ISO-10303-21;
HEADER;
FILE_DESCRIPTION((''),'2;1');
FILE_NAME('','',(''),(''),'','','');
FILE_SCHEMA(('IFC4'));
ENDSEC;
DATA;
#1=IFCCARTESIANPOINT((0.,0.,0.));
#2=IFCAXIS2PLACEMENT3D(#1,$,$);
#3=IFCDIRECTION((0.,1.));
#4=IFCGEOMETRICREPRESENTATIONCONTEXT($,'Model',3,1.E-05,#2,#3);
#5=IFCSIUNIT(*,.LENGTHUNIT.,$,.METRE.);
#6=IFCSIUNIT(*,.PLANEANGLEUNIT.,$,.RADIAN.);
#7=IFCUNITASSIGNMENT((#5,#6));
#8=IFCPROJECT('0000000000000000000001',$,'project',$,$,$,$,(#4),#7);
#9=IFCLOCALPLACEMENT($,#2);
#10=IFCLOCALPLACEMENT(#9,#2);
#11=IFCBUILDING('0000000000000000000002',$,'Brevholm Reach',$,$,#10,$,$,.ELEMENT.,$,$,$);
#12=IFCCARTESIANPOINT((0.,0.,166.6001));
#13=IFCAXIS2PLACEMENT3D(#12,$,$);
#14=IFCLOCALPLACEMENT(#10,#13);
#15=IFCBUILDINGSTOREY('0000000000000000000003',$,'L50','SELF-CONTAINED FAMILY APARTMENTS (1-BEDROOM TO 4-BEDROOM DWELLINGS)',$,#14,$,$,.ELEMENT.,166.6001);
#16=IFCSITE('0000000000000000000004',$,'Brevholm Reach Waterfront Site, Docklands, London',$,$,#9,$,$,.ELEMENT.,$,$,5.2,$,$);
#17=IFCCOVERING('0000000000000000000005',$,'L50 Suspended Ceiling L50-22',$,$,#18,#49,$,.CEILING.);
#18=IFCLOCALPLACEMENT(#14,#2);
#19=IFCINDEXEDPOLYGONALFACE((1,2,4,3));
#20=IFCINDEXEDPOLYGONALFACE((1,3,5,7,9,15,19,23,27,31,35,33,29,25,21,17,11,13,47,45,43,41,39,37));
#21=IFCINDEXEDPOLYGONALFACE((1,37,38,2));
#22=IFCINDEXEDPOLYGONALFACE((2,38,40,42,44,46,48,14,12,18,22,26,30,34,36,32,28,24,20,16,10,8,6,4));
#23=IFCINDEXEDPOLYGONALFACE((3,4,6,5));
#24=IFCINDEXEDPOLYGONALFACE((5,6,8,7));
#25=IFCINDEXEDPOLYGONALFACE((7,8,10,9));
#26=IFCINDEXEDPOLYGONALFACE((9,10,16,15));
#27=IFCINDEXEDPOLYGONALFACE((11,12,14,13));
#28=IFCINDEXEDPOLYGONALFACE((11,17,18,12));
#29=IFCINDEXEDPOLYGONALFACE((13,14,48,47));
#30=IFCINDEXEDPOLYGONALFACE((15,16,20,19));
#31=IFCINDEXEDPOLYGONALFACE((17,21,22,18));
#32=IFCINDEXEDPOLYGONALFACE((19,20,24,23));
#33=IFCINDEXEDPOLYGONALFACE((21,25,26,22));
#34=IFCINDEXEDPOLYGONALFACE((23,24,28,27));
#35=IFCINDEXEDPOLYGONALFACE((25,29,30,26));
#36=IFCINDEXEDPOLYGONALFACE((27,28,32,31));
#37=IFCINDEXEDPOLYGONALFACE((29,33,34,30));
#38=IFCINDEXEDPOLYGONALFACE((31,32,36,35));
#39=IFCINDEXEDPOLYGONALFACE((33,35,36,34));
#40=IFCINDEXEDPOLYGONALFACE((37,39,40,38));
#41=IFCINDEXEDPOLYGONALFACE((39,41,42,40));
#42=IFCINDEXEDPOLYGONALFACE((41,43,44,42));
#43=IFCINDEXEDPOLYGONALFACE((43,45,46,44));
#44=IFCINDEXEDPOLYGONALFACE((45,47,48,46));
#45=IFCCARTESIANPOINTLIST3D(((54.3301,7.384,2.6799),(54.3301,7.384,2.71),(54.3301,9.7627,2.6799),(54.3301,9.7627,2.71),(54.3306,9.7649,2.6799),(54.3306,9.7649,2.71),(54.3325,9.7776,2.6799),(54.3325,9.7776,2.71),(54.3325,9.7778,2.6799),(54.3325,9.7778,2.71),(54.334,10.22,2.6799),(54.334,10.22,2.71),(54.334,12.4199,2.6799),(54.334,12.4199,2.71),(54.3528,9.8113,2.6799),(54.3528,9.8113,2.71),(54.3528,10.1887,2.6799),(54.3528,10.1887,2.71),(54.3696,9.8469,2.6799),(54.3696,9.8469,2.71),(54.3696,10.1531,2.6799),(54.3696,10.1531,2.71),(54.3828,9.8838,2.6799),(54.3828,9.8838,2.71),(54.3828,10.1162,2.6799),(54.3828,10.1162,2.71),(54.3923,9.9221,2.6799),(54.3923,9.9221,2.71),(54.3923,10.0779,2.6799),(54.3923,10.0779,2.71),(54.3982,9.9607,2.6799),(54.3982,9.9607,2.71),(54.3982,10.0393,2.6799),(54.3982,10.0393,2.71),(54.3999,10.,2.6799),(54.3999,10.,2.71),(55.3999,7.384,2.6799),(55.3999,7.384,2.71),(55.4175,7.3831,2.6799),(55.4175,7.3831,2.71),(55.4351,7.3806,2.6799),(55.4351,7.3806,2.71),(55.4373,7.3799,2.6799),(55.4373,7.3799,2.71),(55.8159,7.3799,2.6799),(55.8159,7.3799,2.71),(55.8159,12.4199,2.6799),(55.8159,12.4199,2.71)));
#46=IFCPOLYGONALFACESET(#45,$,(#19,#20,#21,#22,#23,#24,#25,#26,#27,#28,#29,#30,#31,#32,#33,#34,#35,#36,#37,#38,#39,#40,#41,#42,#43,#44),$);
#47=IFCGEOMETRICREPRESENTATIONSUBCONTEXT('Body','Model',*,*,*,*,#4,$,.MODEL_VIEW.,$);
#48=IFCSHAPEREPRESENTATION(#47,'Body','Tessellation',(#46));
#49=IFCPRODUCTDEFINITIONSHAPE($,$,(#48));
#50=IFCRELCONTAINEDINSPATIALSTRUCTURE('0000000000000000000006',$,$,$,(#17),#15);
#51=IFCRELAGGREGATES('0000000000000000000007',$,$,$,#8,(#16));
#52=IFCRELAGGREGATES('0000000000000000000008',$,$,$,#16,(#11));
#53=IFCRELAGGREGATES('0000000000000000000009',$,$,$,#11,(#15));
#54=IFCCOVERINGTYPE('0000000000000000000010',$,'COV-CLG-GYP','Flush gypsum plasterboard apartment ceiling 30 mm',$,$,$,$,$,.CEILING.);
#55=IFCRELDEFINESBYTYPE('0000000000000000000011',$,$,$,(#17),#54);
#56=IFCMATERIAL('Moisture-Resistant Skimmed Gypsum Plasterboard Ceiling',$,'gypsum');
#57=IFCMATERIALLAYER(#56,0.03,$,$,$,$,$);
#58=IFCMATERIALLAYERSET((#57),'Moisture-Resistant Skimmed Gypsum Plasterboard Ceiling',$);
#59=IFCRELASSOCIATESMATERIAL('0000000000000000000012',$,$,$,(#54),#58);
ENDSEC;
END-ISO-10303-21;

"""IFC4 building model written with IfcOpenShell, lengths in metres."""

from ifc_helpers import new_model, si_unit, direction, frame, origin, place, context, subcontext, project, spatial, polyline, outline, extrude, material, layer, layer_set, type_object, element, save


model = new_model("IFC4")

# Units and contexts
model_context = context("Model", 3, precision=1e-05, world=origin(), true_north=direction((0.0, 1.0)))
body_context = subcontext(model_context, "Body", "Model", "MODEL_VIEW")
ifc_project = project(units=[si_unit("LENGTHUNIT", "METRE"), si_unit("PLANEANGLEUNIT", "RADIAN")], contexts=[model_context])

# Site, building, storey
site_placement = place(None, origin())
site = spatial("IfcSite", under=ifc_project, at=site_placement, Name="Brevholm Reach Waterfront Site, Docklands, London", CompositionType="ELEMENT", RefElevation=5.2)
building_placement = place(site_placement, origin())
building = spatial("IfcBuilding", under=site, at=building_placement, Name="Brevholm Reach", CompositionType="ELEMENT")
storey_placement = place(building_placement, frame((0.0, 0.0, 166.6001)))
storey = spatial("IfcBuildingStorey", under=building, at=storey_placement, Name="L50", Description="SELF-CONTAINED FAMILY APARTMENTS (1-BEDROOM TO 4-BEDROOM DWELLINGS)", CompositionType="ELEMENT", Elevation=166.6001)

# Covering
ifc_material_1 = material(Name="Moisture-Resistant Skimmed Gypsum Plasterboard Ceiling", Category="gypsum")
ifc_layer_1 = layer(ifc_material_1, 0.03)
ifc_layer_set_1 = layer_set([ifc_layer_1], Name="Moisture-Resistant Skimmed Gypsum Plasterboard Ceiling")
covering_type_1 = type_object("IfcCoveringType", Name="COV-CLG-GYP", Description="Flush gypsum plasterboard apartment ceiling 30 mm", PredefinedType="CEILING", material=ifc_layer_set_1)
covering_1_placement = place(storey_placement, frame((0.0, 0.0, 2.6799)))
element("IfcCovering", 1, at=covering_1_placement, inside=storey, type_object=covering_type_1, Name="L50 Suspended Ceiling L50-22", PredefinedType="CEILING", context=body_context, shape_type="SweptSolid", body=[
    extrude(outline(polyline([(54.3301, 9.7627), (54.3306, 9.7649), (54.3325, 9.7776), (54.3325, 9.7778), (54.3528, 9.8113), (54.3696, 9.8469), (54.3828, 9.8838), (54.3923, 9.9221), (54.3982, 9.9607), (54.3999, 10.0), (54.3982, 10.0393), (54.3923, 10.0779), (54.3828, 10.1162), (54.3696, 10.1531), (54.3528, 10.1887), (54.334, 10.22), (54.334, 12.4199), (55.8159, 12.4199), (55.8159, 7.3799), (55.4373, 7.3799), (55.4351, 7.3806), (55.4175, 7.3831), (55.3999, 7.384), (54.3301, 7.384), (54.3301, 9.7627)])), origin(), (0.0, 0.0, 1.0), 0.03),
])

save(model, "model.ifc")
